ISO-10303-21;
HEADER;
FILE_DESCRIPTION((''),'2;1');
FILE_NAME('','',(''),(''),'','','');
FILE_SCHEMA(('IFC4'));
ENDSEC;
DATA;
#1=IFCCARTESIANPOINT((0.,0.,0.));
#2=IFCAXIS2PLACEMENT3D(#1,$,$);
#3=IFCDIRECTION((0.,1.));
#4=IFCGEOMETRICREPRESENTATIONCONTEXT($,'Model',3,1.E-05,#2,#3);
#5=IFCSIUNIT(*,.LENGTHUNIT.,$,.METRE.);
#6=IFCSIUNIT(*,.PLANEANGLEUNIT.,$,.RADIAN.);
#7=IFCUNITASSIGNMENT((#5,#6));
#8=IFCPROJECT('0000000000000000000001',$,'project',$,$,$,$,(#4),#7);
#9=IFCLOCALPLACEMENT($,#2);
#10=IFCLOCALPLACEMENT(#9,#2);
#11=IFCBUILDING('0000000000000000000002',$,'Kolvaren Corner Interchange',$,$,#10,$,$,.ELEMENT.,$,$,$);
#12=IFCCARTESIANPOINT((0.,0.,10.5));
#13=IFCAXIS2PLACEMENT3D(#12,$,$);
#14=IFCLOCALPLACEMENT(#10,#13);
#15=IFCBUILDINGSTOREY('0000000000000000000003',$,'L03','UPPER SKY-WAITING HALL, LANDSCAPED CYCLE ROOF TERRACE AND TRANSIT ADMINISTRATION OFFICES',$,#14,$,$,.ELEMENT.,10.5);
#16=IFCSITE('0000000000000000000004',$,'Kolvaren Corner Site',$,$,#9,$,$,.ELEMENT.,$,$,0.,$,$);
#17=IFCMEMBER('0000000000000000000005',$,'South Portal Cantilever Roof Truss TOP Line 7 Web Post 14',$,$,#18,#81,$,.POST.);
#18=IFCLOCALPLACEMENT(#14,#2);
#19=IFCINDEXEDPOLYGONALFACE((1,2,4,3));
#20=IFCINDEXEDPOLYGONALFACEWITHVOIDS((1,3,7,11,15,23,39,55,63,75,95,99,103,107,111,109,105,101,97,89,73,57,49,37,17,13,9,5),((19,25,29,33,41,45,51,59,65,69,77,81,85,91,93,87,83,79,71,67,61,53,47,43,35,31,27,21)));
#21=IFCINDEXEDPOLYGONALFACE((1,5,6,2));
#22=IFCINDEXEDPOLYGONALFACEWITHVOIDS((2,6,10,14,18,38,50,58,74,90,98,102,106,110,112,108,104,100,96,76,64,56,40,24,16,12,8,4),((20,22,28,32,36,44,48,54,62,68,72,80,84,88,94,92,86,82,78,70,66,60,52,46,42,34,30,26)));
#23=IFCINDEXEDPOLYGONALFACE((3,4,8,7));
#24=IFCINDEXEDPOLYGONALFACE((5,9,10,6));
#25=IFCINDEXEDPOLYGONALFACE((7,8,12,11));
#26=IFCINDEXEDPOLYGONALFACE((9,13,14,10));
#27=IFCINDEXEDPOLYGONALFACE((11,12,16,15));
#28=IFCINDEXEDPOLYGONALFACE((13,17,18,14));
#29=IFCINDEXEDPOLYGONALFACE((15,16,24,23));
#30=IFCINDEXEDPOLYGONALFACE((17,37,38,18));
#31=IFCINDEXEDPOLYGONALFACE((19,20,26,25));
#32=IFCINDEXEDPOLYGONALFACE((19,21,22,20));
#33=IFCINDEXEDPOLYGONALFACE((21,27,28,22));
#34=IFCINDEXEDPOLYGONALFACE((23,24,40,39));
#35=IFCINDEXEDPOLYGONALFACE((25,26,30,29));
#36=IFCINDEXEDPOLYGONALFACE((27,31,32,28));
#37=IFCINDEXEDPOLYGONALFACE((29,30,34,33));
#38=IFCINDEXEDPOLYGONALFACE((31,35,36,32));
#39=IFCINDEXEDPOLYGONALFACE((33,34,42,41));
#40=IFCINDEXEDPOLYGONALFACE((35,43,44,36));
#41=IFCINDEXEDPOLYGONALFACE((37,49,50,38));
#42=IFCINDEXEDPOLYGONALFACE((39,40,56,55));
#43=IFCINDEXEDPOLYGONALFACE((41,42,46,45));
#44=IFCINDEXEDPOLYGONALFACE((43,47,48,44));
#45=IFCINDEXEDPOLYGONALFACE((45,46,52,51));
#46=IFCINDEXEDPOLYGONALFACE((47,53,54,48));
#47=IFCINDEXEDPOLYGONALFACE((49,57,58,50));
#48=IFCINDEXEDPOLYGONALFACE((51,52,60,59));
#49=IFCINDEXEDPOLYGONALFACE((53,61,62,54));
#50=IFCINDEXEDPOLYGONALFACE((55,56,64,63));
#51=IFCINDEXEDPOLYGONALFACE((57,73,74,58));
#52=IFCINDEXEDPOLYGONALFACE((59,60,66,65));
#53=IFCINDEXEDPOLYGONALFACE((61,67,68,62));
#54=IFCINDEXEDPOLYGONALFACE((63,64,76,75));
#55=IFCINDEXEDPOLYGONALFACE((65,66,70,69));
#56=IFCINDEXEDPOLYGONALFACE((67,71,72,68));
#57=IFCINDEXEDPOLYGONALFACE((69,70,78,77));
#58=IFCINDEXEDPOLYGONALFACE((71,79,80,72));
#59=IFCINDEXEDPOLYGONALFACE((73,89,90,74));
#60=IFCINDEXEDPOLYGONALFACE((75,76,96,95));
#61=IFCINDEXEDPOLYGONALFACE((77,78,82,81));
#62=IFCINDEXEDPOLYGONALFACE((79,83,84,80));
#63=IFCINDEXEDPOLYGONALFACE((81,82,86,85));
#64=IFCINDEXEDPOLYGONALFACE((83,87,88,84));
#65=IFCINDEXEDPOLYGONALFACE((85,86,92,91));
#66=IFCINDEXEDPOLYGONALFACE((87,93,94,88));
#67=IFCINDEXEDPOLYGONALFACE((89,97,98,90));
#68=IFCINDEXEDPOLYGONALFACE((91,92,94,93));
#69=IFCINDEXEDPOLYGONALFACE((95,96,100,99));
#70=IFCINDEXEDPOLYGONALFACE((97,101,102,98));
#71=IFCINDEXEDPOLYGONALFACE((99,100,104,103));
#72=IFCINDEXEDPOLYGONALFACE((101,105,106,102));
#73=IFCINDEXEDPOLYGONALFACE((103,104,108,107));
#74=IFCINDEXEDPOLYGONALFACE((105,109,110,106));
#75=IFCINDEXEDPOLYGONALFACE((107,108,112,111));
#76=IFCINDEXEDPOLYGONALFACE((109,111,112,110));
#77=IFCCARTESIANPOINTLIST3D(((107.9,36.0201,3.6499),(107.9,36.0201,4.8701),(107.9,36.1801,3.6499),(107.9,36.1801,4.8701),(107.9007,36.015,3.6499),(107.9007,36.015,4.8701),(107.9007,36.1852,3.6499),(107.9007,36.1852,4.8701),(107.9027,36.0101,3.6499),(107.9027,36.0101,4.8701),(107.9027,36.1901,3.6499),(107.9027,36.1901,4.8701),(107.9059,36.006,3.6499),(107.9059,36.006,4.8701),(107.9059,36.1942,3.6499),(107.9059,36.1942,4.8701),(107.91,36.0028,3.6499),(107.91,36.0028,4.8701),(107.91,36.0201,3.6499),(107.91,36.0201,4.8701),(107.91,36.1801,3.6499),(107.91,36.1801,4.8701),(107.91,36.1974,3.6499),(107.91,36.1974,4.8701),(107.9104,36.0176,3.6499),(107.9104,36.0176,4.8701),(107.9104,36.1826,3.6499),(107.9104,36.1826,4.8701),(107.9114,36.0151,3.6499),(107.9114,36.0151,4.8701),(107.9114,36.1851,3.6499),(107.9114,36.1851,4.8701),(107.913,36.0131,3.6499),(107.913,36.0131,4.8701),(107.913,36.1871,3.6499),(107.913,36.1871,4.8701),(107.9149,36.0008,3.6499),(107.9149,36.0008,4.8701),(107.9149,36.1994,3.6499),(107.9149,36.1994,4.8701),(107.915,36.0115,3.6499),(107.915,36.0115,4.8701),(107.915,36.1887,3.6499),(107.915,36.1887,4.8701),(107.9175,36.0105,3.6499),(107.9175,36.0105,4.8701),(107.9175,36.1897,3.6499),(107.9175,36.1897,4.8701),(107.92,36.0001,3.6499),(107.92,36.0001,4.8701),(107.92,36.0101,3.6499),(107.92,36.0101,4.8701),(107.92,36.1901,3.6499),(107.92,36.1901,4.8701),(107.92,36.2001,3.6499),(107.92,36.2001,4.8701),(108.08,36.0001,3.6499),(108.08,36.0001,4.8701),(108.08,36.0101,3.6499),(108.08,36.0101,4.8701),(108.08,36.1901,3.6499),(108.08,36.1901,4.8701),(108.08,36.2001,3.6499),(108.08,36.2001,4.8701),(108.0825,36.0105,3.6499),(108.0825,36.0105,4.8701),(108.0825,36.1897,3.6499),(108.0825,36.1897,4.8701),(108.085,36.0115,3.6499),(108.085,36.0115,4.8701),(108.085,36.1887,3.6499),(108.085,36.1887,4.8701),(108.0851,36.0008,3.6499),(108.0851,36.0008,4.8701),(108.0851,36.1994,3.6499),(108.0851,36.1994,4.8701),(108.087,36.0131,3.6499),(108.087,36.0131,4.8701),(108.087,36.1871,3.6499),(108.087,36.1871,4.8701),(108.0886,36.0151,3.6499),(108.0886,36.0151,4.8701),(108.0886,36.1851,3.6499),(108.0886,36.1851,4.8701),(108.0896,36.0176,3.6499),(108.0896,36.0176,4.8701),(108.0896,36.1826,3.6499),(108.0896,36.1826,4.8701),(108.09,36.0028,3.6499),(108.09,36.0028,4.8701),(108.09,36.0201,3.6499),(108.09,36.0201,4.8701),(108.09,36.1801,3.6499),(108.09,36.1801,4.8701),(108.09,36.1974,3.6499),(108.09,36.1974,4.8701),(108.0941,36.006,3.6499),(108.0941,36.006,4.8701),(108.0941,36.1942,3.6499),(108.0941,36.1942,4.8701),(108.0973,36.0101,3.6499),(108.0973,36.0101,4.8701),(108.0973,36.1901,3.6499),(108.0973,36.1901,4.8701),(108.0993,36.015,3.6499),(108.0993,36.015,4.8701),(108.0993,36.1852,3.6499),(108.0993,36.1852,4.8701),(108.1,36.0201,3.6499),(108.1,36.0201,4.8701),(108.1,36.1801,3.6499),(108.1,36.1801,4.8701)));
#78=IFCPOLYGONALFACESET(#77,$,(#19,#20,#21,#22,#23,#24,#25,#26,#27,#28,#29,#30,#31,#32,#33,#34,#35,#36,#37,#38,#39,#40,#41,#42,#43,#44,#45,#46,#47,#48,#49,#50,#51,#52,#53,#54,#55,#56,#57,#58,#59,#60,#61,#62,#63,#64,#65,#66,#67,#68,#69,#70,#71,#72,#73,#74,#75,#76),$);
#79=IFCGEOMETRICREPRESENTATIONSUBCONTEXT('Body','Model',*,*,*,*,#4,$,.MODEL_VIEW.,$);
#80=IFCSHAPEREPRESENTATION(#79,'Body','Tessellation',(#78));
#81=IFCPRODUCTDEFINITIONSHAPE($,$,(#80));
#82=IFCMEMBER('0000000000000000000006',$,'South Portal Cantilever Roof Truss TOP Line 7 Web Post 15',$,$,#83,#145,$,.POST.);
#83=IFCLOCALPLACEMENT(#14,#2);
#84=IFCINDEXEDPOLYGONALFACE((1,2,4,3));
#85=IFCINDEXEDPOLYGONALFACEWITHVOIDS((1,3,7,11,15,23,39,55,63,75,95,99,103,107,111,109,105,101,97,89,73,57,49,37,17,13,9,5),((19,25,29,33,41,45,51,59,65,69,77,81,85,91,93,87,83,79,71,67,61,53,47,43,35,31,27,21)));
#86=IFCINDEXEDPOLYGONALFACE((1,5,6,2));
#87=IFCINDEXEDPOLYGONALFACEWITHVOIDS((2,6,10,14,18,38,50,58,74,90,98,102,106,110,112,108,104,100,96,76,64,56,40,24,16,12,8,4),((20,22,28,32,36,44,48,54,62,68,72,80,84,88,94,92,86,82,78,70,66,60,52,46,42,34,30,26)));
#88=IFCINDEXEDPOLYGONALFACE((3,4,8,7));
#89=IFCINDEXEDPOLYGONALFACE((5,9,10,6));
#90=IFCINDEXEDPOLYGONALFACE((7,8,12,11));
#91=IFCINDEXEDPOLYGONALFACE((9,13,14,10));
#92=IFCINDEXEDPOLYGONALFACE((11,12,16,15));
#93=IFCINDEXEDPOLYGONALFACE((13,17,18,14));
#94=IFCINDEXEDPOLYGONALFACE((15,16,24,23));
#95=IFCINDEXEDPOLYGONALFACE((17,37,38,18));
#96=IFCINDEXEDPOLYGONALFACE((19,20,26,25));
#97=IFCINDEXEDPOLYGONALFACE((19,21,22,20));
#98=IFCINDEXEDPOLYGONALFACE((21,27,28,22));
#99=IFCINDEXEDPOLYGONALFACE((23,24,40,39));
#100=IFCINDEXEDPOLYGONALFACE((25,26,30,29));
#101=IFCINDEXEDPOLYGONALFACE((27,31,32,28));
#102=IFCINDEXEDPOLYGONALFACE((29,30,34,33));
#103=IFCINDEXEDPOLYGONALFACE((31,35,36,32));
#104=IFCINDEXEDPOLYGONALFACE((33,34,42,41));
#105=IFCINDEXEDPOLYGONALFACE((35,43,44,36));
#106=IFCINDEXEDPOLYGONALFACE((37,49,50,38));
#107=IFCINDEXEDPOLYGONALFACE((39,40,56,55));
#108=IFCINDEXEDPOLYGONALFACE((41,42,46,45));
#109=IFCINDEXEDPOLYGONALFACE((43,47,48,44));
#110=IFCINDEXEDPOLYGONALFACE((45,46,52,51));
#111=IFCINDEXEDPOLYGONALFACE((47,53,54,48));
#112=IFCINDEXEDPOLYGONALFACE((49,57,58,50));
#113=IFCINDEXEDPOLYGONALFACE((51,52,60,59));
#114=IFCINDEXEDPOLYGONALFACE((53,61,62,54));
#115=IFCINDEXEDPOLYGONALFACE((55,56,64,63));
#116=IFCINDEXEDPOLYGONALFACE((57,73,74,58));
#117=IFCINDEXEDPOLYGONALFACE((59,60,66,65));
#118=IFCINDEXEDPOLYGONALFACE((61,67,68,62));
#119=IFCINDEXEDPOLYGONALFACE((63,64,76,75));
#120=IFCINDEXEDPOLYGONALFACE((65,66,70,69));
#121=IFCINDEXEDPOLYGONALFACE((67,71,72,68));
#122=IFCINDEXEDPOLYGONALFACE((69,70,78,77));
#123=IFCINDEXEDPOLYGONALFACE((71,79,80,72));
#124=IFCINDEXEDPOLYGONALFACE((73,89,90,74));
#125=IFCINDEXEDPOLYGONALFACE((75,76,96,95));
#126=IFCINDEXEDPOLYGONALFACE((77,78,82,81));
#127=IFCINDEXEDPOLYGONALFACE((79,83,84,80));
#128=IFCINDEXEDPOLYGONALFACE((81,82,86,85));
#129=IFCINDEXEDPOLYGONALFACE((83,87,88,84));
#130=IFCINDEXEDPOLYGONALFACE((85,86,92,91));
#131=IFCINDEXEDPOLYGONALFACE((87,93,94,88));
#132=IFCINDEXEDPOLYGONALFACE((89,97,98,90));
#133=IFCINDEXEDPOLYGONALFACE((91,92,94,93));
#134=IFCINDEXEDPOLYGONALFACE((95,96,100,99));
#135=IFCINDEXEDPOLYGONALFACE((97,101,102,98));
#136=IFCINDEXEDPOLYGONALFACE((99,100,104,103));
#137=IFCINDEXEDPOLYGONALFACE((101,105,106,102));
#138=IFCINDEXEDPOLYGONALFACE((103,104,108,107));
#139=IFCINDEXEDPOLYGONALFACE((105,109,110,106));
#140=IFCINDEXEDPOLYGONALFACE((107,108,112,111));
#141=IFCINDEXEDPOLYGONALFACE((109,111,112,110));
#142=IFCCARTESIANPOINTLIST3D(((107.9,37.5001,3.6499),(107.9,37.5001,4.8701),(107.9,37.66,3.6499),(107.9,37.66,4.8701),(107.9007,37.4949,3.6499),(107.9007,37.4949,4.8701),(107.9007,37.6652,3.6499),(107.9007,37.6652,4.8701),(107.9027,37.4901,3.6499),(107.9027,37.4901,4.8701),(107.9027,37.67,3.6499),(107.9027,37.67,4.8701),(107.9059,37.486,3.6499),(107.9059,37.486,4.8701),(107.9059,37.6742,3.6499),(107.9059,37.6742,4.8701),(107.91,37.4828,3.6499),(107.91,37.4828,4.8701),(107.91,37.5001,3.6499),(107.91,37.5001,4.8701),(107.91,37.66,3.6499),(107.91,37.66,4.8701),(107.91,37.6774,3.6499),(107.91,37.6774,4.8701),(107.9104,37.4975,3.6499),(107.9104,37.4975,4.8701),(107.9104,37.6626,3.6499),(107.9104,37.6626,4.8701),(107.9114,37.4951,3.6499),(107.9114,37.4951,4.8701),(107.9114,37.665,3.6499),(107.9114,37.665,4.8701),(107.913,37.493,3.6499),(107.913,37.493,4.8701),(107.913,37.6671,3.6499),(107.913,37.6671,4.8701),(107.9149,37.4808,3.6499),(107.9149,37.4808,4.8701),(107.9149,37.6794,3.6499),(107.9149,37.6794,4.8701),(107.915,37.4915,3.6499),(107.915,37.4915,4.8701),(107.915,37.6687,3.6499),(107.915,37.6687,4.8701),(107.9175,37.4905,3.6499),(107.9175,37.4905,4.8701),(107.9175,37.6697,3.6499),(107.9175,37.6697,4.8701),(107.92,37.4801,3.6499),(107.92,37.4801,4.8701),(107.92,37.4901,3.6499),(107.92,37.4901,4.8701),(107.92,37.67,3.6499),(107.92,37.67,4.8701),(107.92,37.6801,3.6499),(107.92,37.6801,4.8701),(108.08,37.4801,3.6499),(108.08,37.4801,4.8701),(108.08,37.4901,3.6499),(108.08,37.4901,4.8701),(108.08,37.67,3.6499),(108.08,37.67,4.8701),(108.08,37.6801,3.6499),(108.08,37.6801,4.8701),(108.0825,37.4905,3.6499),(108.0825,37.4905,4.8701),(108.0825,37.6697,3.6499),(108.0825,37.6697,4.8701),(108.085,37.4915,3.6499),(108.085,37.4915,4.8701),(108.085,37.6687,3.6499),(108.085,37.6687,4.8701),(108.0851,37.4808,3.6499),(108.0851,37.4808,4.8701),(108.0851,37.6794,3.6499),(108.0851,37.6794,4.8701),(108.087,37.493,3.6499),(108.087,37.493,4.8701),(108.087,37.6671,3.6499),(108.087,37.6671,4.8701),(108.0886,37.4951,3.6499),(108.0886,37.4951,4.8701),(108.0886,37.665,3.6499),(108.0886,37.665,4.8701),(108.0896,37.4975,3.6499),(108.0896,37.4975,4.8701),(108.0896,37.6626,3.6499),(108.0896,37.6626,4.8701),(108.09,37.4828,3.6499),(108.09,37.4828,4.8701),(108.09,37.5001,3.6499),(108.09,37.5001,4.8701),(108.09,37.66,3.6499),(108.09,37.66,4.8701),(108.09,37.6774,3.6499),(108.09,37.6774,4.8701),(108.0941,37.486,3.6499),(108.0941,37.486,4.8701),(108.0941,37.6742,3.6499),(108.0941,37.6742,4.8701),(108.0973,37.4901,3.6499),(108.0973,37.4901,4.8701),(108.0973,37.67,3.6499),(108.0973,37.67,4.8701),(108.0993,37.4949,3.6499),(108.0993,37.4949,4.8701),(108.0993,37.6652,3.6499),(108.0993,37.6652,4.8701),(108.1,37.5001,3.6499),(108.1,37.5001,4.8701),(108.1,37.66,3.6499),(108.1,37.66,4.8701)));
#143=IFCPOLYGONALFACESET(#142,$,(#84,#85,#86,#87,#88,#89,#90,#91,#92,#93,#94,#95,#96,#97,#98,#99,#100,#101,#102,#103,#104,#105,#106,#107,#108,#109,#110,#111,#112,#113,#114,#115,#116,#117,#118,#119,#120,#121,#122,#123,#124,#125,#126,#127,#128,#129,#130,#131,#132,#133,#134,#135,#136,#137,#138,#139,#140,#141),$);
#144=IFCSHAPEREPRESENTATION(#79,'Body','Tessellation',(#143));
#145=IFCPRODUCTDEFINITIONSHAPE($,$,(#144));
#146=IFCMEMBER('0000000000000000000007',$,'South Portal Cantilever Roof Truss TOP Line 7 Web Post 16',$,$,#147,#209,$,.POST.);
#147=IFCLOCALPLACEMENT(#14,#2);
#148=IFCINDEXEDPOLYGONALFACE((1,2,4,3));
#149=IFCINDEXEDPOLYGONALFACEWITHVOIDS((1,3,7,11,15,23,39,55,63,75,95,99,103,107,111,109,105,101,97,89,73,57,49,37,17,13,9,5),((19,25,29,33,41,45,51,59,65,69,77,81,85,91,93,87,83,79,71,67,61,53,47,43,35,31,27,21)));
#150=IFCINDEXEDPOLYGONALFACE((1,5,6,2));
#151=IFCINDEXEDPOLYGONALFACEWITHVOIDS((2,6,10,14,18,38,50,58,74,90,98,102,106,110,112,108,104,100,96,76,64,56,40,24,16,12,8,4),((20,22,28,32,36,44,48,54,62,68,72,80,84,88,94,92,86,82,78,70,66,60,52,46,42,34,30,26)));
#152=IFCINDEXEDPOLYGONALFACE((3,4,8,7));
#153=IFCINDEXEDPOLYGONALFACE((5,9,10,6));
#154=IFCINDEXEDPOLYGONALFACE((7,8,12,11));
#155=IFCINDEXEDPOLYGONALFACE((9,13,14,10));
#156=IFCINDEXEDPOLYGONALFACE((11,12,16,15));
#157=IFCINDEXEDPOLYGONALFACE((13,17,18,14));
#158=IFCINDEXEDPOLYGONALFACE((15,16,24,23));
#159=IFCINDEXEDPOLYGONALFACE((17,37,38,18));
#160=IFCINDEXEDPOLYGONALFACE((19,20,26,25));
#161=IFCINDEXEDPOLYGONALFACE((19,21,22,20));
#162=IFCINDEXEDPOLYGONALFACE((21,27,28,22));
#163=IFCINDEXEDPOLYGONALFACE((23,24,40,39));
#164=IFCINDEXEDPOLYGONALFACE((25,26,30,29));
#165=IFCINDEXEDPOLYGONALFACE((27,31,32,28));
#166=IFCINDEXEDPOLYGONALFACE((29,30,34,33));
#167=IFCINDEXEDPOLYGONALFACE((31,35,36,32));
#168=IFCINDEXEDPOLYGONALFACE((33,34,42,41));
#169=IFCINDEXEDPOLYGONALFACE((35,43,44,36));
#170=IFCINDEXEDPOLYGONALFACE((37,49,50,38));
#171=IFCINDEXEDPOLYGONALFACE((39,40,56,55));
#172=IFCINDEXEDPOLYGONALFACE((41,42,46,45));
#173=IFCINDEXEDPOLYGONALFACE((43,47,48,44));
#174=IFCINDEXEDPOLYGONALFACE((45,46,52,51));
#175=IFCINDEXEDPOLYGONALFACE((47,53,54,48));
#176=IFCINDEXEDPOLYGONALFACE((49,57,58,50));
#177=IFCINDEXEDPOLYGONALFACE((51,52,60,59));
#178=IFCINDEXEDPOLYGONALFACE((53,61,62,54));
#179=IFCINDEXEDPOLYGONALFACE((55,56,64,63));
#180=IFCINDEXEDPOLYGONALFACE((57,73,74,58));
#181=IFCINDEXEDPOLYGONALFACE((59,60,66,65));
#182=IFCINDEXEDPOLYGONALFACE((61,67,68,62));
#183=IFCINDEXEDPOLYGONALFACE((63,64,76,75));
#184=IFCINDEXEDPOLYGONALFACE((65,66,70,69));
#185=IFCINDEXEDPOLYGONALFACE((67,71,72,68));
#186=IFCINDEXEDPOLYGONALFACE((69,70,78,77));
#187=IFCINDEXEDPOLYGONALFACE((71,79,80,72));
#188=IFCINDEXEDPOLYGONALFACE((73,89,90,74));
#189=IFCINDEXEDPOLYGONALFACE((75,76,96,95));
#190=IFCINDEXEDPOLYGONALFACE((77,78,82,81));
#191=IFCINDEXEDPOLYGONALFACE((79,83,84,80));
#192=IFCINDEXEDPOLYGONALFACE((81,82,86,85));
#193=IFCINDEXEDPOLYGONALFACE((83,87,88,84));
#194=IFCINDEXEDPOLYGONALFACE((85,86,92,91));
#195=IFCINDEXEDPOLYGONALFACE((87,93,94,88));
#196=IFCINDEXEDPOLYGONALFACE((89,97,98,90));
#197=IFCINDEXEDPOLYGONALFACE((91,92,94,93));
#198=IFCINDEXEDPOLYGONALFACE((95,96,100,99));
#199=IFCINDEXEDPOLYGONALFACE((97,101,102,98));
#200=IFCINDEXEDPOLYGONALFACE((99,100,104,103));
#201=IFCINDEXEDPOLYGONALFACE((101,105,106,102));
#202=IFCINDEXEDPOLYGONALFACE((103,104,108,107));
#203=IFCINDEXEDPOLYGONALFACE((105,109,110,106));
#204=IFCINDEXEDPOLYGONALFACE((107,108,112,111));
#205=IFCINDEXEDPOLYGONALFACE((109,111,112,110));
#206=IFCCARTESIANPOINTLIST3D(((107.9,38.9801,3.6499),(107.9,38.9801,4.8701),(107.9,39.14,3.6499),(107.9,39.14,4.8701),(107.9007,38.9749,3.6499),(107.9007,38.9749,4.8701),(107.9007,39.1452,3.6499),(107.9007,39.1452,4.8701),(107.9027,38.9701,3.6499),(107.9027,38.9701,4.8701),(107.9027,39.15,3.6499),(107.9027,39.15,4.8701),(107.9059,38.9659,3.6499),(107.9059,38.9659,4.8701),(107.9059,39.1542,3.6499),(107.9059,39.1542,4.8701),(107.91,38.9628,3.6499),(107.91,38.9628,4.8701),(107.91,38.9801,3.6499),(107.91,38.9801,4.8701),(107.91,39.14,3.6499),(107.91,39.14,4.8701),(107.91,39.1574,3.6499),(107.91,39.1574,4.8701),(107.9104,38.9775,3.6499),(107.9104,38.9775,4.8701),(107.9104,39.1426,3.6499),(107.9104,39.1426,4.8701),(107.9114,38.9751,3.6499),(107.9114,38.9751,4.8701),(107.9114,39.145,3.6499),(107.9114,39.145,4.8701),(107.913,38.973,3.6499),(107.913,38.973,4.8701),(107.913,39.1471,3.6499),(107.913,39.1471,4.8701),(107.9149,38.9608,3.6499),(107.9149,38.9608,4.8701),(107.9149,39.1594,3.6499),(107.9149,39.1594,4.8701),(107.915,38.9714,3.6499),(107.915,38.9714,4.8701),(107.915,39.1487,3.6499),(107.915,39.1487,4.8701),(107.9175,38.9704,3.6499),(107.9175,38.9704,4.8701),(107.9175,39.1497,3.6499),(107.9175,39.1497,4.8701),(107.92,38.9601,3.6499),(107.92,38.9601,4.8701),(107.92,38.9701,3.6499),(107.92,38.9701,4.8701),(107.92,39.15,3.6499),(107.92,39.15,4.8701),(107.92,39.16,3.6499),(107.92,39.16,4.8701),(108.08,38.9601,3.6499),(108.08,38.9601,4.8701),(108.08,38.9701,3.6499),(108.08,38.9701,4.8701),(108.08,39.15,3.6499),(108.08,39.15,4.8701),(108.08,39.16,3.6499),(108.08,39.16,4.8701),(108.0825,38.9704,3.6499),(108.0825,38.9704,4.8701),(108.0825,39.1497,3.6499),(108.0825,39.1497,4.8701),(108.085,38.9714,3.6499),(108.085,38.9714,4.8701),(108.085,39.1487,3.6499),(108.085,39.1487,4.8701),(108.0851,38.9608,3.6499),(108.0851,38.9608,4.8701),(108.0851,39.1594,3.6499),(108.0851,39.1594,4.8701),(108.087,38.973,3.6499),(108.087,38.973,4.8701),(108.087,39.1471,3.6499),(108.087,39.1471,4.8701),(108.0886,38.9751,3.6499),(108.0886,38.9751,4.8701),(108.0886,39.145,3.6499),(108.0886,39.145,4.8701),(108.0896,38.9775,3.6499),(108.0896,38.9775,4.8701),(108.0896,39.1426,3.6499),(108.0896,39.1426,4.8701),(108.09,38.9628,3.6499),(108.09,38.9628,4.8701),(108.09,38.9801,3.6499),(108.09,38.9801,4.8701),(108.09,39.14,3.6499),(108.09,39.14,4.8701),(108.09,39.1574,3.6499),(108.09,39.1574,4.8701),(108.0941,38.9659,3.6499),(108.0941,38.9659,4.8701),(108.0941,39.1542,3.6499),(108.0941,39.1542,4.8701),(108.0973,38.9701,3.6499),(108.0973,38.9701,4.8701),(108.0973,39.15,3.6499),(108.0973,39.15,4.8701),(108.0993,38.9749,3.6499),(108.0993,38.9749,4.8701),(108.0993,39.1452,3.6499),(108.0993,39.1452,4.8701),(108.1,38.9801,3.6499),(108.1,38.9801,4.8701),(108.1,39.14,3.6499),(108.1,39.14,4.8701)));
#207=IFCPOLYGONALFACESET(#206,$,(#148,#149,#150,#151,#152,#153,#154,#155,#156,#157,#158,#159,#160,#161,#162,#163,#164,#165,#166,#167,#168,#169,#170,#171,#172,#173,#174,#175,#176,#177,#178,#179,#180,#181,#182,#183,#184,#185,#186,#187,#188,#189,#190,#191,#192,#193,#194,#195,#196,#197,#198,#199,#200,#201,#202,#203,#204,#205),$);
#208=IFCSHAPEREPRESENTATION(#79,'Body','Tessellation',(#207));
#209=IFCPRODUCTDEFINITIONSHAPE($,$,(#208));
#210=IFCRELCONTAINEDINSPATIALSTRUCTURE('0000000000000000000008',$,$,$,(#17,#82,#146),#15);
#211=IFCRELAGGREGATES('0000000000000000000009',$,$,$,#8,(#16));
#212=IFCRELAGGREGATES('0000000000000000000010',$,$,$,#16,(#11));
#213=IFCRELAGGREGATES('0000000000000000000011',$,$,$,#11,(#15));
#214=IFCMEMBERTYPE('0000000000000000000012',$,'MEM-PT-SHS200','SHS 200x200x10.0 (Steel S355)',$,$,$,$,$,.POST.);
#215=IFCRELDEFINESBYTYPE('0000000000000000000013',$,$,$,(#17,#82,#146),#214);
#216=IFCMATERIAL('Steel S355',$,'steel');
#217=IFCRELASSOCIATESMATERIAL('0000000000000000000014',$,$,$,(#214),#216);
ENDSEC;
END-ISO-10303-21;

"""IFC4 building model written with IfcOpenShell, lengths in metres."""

from ifc_helpers import new_model, si_unit, direction, frame, origin, origin_2d, place, context, subcontext, project, spatial, hollow_rectangle, extrude, material, material_profile, profile_set, type_object, element, save


model = new_model("IFC4")

# Units and contexts
model_context = context("Model", 3, precision=1e-05, world=origin(), true_north=direction((0.0, 1.0)))
body_context = subcontext(model_context, "Body", "Model", "MODEL_VIEW")
ifc_project = project(units=[si_unit("LENGTHUNIT", "METRE"), si_unit("PLANEANGLEUNIT", "RADIAN")], contexts=[model_context])

# Site, building, storey
site_placement = place(None, origin())
site = spatial("IfcSite", under=ifc_project, at=site_placement, Name="Kolvaren Corner Site", CompositionType="ELEMENT", RefElevation=0.0)
building_placement = place(site_placement, origin())
building = spatial("IfcBuilding", under=site, at=building_placement, Name="Kolvaren Corner Interchange", CompositionType="ELEMENT")
storey_placement = place(building_placement, frame((0.0, 0.0, 10.5)))
storey = spatial("IfcBuildingStorey", under=building, at=storey_placement, Name="L03", Description="UPPER SKY-WAITING HALL, LANDSCAPED CYCLE ROOF TERRACE AND TRANSIT ADMINISTRATION OFFICES", CompositionType="ELEMENT", Elevation=10.5)

# Members
ifc_material_1 = material(Name="Steel S355", Category="steel")
ifc_material_profile_1 = material_profile(ifc_material_1, hollow_rectangle(XDim=0.2, YDim=0.2, WallThickness=0.01, InnerFilletRadius=0.01, OuterFilletRadius=0.02, at=origin_2d()), Name="SHS 200x200x10.0")
ifc_profile_set_1 = profile_set([ifc_material_profile_1], Name="Steel S355")
member_type_1 = type_object("IfcMemberType", Name="MEM-PT-SHS200", Description="SHS 200x200x10.0 (Steel S355)", PredefinedType="POST", material=ifc_profile_set_1)
for number, where, z_axis, x_axis, name in (
    (1, (108.0, 36.1001, 3.6499), (0.0, 0.0, 1.0), (1.0, 0.0, 0.0), "South Portal Cantilever Roof Truss TOP Line 7 Web Post 14"),
    (2, (108.0, 37.5801, 3.6499), (0.0, 0.0, 1.0), (1.0, 0.0, 0.0), "South Portal Cantilever Roof Truss TOP Line 7 Web Post 15"),
    (3, (108.0, 39.0601, 3.6499), (0.0, 0.0, 1.0), (1.0, 0.0, 0.0), "South Portal Cantilever Roof Truss TOP Line 7 Web Post 16"),
):
    element("IfcMember", number, at=place(storey_placement, frame(where, z_axis=z_axis, x_axis=x_axis)), inside=storey, type_object=member_type_1, Name=name, PredefinedType="POST", context=body_context, shape_type="SweptSolid", body=[
        extrude(hollow_rectangle(XDim=0.2, YDim=0.2, WallThickness=0.01, InnerFilletRadius=0.01, OuterFilletRadius=0.02, at=origin_2d()), origin(), (0.0, 0.0, 1.0), 1.2202),
    ])

save(model, "model.ifc")
